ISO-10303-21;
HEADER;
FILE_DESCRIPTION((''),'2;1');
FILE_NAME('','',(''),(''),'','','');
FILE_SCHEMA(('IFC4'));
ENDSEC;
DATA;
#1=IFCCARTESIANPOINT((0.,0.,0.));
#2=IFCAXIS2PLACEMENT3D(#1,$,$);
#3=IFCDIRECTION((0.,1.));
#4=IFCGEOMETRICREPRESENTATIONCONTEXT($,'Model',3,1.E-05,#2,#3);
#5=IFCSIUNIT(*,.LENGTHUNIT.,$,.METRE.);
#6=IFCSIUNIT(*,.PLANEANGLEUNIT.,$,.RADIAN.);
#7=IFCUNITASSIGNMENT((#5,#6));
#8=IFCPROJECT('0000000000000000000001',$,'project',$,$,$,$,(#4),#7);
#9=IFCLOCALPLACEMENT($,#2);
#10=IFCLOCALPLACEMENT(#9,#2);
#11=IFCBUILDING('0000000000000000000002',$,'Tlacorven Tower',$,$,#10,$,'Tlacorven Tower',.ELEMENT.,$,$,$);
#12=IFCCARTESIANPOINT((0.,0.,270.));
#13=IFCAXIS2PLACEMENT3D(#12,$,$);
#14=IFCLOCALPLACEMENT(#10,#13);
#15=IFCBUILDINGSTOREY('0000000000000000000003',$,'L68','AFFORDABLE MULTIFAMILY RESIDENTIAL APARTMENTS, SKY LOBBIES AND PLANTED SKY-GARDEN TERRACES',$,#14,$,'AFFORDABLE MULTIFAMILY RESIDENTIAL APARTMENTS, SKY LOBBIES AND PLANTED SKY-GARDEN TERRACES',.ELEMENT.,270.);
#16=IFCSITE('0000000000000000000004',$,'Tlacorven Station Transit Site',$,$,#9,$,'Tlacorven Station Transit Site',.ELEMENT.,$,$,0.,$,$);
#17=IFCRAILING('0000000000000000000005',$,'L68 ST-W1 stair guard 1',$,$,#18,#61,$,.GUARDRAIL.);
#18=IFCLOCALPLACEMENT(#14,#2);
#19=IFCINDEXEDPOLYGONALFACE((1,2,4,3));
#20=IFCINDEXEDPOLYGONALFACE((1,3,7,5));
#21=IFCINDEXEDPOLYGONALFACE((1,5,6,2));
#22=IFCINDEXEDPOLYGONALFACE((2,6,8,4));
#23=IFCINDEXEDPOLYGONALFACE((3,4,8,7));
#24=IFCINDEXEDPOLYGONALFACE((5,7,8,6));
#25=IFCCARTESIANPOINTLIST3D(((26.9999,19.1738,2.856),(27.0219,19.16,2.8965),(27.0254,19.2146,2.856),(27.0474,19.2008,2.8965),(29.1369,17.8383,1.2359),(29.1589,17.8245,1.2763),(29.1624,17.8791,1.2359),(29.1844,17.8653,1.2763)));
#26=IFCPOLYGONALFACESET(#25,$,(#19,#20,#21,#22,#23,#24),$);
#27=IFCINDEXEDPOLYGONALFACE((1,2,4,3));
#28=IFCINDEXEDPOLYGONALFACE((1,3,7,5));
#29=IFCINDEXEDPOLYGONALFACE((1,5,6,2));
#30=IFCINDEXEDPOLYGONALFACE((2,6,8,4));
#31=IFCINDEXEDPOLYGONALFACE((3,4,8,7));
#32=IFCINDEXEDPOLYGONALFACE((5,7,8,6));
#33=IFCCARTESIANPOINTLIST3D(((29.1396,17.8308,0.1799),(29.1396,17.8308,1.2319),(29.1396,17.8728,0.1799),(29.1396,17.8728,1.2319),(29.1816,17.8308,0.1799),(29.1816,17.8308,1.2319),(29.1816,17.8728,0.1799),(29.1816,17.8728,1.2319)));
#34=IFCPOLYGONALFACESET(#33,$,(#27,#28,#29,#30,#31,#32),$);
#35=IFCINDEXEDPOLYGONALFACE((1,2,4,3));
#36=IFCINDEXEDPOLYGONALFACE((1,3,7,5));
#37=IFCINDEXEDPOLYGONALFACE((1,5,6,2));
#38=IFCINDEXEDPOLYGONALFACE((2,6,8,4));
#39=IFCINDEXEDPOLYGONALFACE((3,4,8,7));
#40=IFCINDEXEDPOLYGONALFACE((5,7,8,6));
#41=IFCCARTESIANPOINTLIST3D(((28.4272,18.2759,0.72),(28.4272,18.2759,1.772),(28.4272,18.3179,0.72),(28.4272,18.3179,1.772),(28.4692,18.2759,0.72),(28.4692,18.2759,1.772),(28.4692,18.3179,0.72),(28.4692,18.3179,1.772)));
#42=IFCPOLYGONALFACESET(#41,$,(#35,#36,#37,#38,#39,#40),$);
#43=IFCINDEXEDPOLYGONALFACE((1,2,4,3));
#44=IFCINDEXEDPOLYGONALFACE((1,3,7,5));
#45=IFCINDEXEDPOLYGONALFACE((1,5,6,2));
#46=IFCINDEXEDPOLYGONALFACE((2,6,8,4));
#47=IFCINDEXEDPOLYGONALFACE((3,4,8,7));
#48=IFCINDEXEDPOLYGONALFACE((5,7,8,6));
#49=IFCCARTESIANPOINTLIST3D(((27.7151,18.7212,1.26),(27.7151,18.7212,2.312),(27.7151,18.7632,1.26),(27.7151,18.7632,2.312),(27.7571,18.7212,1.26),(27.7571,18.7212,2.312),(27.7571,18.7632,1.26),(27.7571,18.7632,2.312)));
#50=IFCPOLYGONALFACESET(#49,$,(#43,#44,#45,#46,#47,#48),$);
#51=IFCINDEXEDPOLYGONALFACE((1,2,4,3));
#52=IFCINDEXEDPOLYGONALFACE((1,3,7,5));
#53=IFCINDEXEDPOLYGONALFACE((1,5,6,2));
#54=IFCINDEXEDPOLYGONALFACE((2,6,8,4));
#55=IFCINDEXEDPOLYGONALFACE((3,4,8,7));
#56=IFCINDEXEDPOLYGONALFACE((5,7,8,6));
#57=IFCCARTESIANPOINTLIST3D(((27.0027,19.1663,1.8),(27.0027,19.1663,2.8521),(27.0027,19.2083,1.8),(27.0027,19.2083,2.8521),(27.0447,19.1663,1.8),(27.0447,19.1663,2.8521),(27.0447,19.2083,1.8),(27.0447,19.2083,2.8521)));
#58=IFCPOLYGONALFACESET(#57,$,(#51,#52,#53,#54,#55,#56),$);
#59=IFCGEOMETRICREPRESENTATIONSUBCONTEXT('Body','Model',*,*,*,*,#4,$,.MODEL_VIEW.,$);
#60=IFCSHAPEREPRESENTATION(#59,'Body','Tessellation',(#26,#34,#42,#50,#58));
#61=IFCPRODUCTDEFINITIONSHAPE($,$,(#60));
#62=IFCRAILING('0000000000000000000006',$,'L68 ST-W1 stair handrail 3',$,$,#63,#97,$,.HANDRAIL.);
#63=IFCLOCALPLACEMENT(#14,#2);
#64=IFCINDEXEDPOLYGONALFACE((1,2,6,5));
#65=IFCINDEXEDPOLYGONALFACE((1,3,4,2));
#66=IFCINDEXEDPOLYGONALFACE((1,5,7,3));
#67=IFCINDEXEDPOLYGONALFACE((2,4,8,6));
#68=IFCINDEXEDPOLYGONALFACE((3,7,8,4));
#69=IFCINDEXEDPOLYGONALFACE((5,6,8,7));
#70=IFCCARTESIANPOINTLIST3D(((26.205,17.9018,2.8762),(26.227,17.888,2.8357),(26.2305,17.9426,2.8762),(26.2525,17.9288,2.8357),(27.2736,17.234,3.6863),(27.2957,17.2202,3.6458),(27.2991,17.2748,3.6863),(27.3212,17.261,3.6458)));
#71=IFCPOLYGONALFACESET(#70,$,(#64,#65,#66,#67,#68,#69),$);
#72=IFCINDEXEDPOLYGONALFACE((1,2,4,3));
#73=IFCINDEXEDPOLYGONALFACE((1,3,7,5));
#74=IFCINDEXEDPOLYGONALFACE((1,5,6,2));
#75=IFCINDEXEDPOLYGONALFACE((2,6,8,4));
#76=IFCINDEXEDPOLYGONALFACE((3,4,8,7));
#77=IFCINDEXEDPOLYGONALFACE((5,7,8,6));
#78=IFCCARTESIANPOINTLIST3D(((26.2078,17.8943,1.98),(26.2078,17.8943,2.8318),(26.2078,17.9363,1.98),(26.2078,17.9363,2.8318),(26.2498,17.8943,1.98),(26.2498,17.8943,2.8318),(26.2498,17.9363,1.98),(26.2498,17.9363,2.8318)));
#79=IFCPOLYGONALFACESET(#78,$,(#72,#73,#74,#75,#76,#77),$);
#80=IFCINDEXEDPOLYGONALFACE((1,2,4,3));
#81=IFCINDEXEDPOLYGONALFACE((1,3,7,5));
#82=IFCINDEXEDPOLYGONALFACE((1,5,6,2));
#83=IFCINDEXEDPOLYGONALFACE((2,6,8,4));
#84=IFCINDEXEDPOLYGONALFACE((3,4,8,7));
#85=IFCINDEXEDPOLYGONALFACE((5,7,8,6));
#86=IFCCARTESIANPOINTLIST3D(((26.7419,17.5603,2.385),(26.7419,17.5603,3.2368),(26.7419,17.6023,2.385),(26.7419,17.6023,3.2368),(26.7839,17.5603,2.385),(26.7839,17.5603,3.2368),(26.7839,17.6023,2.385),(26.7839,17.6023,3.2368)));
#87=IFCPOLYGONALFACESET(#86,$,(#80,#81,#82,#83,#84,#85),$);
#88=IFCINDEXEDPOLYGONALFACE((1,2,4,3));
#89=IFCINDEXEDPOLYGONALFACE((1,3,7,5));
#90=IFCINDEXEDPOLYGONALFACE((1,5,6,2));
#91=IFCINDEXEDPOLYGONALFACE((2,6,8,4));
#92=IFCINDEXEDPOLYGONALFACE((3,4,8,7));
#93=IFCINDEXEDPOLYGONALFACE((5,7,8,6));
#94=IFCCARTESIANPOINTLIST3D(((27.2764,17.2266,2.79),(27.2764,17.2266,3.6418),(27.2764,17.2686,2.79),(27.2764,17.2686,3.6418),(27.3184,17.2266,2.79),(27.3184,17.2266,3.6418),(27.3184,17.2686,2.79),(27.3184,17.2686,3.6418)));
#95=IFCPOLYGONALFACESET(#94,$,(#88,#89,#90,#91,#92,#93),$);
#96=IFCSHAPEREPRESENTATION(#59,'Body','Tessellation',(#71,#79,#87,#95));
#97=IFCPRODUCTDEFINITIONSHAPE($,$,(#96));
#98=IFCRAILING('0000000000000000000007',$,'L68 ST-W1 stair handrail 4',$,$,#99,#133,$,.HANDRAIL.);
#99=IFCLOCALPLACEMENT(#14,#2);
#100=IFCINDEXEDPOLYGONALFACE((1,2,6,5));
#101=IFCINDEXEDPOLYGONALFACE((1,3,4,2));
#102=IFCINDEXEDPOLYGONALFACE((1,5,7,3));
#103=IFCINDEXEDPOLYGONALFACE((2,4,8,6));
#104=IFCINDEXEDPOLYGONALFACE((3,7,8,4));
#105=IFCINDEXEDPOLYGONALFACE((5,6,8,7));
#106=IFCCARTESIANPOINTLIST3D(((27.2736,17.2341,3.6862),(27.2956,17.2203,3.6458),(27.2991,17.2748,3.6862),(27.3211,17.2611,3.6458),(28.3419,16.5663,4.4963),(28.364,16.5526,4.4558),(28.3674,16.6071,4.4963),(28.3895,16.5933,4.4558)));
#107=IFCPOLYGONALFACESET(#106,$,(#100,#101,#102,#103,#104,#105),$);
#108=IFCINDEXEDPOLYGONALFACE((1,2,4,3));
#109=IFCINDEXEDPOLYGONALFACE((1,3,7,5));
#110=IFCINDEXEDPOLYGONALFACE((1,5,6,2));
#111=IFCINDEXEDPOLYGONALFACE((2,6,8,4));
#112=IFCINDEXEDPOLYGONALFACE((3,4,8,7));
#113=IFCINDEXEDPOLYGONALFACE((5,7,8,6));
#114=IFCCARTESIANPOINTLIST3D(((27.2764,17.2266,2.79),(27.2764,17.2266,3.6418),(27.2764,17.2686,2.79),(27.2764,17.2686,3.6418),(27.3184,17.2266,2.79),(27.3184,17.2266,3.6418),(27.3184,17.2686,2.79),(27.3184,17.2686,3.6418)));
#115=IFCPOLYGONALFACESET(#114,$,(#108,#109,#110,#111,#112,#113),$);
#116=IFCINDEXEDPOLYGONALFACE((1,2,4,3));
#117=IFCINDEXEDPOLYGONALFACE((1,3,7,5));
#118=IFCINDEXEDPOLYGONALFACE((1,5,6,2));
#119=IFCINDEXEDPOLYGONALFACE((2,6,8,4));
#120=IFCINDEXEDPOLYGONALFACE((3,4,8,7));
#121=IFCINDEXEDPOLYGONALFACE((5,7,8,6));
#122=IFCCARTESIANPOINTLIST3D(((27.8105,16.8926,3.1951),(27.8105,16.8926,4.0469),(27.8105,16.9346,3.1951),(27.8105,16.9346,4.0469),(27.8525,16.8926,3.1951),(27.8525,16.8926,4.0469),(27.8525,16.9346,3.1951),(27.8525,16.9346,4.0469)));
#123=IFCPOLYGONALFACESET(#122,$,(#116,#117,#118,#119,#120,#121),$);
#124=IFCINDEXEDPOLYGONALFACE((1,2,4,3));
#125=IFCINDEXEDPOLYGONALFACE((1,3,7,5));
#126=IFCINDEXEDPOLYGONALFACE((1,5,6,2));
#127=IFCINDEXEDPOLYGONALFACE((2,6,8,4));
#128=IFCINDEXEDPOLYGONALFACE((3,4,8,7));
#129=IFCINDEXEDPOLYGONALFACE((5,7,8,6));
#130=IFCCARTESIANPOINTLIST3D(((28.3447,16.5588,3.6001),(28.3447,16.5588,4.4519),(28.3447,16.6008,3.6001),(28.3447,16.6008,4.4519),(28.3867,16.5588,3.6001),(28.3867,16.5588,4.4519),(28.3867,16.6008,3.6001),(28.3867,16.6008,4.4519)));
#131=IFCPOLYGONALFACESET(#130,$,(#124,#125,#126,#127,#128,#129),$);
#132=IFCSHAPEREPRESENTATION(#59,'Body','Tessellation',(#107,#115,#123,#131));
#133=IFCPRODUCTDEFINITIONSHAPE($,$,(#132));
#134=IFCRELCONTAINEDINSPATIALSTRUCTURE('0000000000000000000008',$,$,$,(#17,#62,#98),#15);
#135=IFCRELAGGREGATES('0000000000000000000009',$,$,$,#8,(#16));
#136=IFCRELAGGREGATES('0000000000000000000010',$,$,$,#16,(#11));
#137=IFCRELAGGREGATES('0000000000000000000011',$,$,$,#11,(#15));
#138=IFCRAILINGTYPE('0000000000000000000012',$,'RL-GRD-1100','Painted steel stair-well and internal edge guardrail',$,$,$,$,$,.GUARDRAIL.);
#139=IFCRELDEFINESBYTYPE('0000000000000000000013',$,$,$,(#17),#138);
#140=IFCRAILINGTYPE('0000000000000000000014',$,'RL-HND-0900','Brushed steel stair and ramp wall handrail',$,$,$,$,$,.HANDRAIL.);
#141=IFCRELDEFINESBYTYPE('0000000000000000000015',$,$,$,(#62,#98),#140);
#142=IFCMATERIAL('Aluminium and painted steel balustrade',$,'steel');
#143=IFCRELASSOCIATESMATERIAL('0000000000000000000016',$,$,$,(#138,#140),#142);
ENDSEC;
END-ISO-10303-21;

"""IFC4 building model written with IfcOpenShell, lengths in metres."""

from ifc_helpers import new_model, si_unit, direction, frame, origin, origin_2d, place, context, subcontext, project, spatial, rectangle, extrude, source, transform, mapped, material, type_object, element, save


model = new_model("IFC4")

# Units and contexts
model_context = context("Model", 3, precision=1e-05, world=origin(), true_north=direction((0.0, 1.0)))
body_context = subcontext(model_context, "Body", "Model", "MODEL_VIEW")
ifc_project = project(units=[si_unit("LENGTHUNIT", "METRE"), si_unit("PLANEANGLEUNIT", "RADIAN")], contexts=[model_context])

# Site, building, storey
site_placement = place(None, origin())
site = spatial("IfcSite", under=ifc_project, at=site_placement, Name="Tlacorven Station Transit Site", LongName="Tlacorven Station Transit Site", CompositionType="ELEMENT", RefElevation=0.0)
building_placement = place(site_placement, origin())
building = spatial("IfcBuilding", under=site, at=building_placement, Name="Tlacorven Tower", LongName="Tlacorven Tower", CompositionType="ELEMENT")
storey_placement = place(building_placement, frame((0.0, 0.0, 270.0)))
storey = spatial("IfcBuildingStorey", under=building, at=storey_placement, Name="L68", Description="AFFORDABLE MULTIFAMILY RESIDENTIAL APARTMENTS, SKY LOBBIES AND PLANTED SKY-GARDEN TERRACES", LongName="AFFORDABLE MULTIFAMILY RESIDENTIAL APARTMENTS, SKY LOBBIES AND PLANTED SKY-GARDEN TERRACES", CompositionType="ELEMENT", Elevation=270.0)

# Railings
ifc_material_1 = material(Name="Aluminium and painted steel balustrade", Category="steel")
railing_type_1 = type_object("IfcRailingType", Name="RL-GRD-1100", Description="Painted steel stair-well and internal edge guardrail", PredefinedType="GUARDRAIL", material=ifc_material_1)
shared_shape_1 = source(origin(), body_context, "Body", "SweptSolid", [
    extrude(rectangle(XDim=0.0481, YDim=0.0481, at=origin_2d()), frame((0.0, 0.0, 1.0762), z_axis=(-0.71332, 0.445774, 0.540796), x_axis=(-0.529955, -0.848026, 0.0)), (0.0, 0.0, 1.0), 2.9958),
    extrude(rectangle(XDim=0.042, YDim=0.042, at=origin_2d()), origin(), (0.0, 0.0, 1.0), 1.052),
    extrude(rectangle(XDim=0.042, YDim=0.042, at=origin_2d()), frame((-0.7124, 0.4451, 0.54)), (0.0, 0.0, 1.0), 1.052),
    extrude(rectangle(XDim=0.042, YDim=0.042, at=origin_2d()), frame((-1.4246, 0.8904, 1.0801)), (0.0, 0.0, 1.0), 1.052),
    extrude(rectangle(XDim=0.042, YDim=0.042, at=origin_2d()), frame((-2.137, 1.3354, 1.6201)), (0.0, 0.0, 1.0), 1.052),
])
railing_1_placement = place(storey_placement, frame((29.1606, 17.8518, 0.1799)))
element("IfcRailing", 1, at=railing_1_placement, inside=storey, type_object=railing_type_1, Name="L68 ST-W1 stair guard 1", PredefinedType="GUARDRAIL", context=body_context, shape_type="MappedRepresentation", body=[
    mapped(shared_shape_1, transform((0.0, 0.0, 0.0), scale=1.0)),
])
railing_type_2 = type_object("IfcRailingType", Name="RL-HND-0900", Description="Brushed steel stair and ramp wall handrail", PredefinedType="HANDRAIL", material=ifc_material_1)
shared_shape_2 = source(origin(), body_context, "Body", "SweptSolid", [
    extrude(rectangle(XDim=0.0481, YDim=0.0481, at=origin_2d()), frame((0.0, 0.0, 0.876), z_axis=(0.71336, -0.445748, 0.540765), x_axis=(0.529912, 0.848053, 0.0)), (0.0, 0.0, 1.0), 1.498),
    extrude(rectangle(XDim=0.042, YDim=0.042, at=origin_2d()), origin(), (0.0, 0.0, 1.0), 0.8518),
    extrude(rectangle(XDim=0.042, YDim=0.042, at=origin_2d()), frame((0.5342, -0.334, 0.405)), (0.0, 0.0, 1.0), 0.8518),
    extrude(rectangle(XDim=0.042, YDim=0.042, at=origin_2d()), frame((1.0686, -0.6677, 0.8101)), (0.0, 0.0, 1.0), 0.8518),
])
railing_2_placement = place(storey_placement, frame((26.2288, 17.9153, 1.98)))
element("IfcRailing", 2, at=railing_2_placement, inside=storey, type_object=railing_type_2, Name="L68 ST-W1 stair handrail 3", PredefinedType="HANDRAIL", context=body_context, shape_type="MappedRepresentation", body=[
    mapped(shared_shape_2, transform((0.0, 0.0, 0.0), scale=1.0)),
])
shared_shape_3 = source(origin(), body_context, "Body", "SweptSolid", [
    extrude(rectangle(XDim=0.0481, YDim=0.0481, at=origin_2d()), frame((0.0, 0.0, 0.876), z_axis=(0.71328, -0.4458, 0.540828), x_axis=(0.529999, 0.847998, 0.0)), (0.0, 0.0, 1.0), 1.4978),
    extrude(rectangle(XDim=0.042, YDim=0.042, at=origin_2d()), origin(), (0.0, 0.0, 1.0), 0.8518),
    extrude(rectangle(XDim=0.042, YDim=0.042, at=origin_2d()), frame((0.5342, -0.334, 0.405)), (0.0, 0.0, 1.0), 0.8518),
    extrude(rectangle(XDim=0.042, YDim=0.042, at=origin_2d()), frame((1.0684, -0.6677, 0.8101)), (0.0, 0.0, 1.0), 0.8518),
])
railing_3_placement = place(storey_placement, frame((27.2974, 17.2476, 2.79)))
element("IfcRailing", 3, at=railing_3_placement, inside=storey, type_object=railing_type_2, Name="L68 ST-W1 stair handrail 4", PredefinedType="HANDRAIL", context=body_context, shape_type="MappedRepresentation", body=[
    mapped(shared_shape_3, transform((0.0, 0.0, 0.0), scale=1.0)),
])

save(model, "model.ifc")
